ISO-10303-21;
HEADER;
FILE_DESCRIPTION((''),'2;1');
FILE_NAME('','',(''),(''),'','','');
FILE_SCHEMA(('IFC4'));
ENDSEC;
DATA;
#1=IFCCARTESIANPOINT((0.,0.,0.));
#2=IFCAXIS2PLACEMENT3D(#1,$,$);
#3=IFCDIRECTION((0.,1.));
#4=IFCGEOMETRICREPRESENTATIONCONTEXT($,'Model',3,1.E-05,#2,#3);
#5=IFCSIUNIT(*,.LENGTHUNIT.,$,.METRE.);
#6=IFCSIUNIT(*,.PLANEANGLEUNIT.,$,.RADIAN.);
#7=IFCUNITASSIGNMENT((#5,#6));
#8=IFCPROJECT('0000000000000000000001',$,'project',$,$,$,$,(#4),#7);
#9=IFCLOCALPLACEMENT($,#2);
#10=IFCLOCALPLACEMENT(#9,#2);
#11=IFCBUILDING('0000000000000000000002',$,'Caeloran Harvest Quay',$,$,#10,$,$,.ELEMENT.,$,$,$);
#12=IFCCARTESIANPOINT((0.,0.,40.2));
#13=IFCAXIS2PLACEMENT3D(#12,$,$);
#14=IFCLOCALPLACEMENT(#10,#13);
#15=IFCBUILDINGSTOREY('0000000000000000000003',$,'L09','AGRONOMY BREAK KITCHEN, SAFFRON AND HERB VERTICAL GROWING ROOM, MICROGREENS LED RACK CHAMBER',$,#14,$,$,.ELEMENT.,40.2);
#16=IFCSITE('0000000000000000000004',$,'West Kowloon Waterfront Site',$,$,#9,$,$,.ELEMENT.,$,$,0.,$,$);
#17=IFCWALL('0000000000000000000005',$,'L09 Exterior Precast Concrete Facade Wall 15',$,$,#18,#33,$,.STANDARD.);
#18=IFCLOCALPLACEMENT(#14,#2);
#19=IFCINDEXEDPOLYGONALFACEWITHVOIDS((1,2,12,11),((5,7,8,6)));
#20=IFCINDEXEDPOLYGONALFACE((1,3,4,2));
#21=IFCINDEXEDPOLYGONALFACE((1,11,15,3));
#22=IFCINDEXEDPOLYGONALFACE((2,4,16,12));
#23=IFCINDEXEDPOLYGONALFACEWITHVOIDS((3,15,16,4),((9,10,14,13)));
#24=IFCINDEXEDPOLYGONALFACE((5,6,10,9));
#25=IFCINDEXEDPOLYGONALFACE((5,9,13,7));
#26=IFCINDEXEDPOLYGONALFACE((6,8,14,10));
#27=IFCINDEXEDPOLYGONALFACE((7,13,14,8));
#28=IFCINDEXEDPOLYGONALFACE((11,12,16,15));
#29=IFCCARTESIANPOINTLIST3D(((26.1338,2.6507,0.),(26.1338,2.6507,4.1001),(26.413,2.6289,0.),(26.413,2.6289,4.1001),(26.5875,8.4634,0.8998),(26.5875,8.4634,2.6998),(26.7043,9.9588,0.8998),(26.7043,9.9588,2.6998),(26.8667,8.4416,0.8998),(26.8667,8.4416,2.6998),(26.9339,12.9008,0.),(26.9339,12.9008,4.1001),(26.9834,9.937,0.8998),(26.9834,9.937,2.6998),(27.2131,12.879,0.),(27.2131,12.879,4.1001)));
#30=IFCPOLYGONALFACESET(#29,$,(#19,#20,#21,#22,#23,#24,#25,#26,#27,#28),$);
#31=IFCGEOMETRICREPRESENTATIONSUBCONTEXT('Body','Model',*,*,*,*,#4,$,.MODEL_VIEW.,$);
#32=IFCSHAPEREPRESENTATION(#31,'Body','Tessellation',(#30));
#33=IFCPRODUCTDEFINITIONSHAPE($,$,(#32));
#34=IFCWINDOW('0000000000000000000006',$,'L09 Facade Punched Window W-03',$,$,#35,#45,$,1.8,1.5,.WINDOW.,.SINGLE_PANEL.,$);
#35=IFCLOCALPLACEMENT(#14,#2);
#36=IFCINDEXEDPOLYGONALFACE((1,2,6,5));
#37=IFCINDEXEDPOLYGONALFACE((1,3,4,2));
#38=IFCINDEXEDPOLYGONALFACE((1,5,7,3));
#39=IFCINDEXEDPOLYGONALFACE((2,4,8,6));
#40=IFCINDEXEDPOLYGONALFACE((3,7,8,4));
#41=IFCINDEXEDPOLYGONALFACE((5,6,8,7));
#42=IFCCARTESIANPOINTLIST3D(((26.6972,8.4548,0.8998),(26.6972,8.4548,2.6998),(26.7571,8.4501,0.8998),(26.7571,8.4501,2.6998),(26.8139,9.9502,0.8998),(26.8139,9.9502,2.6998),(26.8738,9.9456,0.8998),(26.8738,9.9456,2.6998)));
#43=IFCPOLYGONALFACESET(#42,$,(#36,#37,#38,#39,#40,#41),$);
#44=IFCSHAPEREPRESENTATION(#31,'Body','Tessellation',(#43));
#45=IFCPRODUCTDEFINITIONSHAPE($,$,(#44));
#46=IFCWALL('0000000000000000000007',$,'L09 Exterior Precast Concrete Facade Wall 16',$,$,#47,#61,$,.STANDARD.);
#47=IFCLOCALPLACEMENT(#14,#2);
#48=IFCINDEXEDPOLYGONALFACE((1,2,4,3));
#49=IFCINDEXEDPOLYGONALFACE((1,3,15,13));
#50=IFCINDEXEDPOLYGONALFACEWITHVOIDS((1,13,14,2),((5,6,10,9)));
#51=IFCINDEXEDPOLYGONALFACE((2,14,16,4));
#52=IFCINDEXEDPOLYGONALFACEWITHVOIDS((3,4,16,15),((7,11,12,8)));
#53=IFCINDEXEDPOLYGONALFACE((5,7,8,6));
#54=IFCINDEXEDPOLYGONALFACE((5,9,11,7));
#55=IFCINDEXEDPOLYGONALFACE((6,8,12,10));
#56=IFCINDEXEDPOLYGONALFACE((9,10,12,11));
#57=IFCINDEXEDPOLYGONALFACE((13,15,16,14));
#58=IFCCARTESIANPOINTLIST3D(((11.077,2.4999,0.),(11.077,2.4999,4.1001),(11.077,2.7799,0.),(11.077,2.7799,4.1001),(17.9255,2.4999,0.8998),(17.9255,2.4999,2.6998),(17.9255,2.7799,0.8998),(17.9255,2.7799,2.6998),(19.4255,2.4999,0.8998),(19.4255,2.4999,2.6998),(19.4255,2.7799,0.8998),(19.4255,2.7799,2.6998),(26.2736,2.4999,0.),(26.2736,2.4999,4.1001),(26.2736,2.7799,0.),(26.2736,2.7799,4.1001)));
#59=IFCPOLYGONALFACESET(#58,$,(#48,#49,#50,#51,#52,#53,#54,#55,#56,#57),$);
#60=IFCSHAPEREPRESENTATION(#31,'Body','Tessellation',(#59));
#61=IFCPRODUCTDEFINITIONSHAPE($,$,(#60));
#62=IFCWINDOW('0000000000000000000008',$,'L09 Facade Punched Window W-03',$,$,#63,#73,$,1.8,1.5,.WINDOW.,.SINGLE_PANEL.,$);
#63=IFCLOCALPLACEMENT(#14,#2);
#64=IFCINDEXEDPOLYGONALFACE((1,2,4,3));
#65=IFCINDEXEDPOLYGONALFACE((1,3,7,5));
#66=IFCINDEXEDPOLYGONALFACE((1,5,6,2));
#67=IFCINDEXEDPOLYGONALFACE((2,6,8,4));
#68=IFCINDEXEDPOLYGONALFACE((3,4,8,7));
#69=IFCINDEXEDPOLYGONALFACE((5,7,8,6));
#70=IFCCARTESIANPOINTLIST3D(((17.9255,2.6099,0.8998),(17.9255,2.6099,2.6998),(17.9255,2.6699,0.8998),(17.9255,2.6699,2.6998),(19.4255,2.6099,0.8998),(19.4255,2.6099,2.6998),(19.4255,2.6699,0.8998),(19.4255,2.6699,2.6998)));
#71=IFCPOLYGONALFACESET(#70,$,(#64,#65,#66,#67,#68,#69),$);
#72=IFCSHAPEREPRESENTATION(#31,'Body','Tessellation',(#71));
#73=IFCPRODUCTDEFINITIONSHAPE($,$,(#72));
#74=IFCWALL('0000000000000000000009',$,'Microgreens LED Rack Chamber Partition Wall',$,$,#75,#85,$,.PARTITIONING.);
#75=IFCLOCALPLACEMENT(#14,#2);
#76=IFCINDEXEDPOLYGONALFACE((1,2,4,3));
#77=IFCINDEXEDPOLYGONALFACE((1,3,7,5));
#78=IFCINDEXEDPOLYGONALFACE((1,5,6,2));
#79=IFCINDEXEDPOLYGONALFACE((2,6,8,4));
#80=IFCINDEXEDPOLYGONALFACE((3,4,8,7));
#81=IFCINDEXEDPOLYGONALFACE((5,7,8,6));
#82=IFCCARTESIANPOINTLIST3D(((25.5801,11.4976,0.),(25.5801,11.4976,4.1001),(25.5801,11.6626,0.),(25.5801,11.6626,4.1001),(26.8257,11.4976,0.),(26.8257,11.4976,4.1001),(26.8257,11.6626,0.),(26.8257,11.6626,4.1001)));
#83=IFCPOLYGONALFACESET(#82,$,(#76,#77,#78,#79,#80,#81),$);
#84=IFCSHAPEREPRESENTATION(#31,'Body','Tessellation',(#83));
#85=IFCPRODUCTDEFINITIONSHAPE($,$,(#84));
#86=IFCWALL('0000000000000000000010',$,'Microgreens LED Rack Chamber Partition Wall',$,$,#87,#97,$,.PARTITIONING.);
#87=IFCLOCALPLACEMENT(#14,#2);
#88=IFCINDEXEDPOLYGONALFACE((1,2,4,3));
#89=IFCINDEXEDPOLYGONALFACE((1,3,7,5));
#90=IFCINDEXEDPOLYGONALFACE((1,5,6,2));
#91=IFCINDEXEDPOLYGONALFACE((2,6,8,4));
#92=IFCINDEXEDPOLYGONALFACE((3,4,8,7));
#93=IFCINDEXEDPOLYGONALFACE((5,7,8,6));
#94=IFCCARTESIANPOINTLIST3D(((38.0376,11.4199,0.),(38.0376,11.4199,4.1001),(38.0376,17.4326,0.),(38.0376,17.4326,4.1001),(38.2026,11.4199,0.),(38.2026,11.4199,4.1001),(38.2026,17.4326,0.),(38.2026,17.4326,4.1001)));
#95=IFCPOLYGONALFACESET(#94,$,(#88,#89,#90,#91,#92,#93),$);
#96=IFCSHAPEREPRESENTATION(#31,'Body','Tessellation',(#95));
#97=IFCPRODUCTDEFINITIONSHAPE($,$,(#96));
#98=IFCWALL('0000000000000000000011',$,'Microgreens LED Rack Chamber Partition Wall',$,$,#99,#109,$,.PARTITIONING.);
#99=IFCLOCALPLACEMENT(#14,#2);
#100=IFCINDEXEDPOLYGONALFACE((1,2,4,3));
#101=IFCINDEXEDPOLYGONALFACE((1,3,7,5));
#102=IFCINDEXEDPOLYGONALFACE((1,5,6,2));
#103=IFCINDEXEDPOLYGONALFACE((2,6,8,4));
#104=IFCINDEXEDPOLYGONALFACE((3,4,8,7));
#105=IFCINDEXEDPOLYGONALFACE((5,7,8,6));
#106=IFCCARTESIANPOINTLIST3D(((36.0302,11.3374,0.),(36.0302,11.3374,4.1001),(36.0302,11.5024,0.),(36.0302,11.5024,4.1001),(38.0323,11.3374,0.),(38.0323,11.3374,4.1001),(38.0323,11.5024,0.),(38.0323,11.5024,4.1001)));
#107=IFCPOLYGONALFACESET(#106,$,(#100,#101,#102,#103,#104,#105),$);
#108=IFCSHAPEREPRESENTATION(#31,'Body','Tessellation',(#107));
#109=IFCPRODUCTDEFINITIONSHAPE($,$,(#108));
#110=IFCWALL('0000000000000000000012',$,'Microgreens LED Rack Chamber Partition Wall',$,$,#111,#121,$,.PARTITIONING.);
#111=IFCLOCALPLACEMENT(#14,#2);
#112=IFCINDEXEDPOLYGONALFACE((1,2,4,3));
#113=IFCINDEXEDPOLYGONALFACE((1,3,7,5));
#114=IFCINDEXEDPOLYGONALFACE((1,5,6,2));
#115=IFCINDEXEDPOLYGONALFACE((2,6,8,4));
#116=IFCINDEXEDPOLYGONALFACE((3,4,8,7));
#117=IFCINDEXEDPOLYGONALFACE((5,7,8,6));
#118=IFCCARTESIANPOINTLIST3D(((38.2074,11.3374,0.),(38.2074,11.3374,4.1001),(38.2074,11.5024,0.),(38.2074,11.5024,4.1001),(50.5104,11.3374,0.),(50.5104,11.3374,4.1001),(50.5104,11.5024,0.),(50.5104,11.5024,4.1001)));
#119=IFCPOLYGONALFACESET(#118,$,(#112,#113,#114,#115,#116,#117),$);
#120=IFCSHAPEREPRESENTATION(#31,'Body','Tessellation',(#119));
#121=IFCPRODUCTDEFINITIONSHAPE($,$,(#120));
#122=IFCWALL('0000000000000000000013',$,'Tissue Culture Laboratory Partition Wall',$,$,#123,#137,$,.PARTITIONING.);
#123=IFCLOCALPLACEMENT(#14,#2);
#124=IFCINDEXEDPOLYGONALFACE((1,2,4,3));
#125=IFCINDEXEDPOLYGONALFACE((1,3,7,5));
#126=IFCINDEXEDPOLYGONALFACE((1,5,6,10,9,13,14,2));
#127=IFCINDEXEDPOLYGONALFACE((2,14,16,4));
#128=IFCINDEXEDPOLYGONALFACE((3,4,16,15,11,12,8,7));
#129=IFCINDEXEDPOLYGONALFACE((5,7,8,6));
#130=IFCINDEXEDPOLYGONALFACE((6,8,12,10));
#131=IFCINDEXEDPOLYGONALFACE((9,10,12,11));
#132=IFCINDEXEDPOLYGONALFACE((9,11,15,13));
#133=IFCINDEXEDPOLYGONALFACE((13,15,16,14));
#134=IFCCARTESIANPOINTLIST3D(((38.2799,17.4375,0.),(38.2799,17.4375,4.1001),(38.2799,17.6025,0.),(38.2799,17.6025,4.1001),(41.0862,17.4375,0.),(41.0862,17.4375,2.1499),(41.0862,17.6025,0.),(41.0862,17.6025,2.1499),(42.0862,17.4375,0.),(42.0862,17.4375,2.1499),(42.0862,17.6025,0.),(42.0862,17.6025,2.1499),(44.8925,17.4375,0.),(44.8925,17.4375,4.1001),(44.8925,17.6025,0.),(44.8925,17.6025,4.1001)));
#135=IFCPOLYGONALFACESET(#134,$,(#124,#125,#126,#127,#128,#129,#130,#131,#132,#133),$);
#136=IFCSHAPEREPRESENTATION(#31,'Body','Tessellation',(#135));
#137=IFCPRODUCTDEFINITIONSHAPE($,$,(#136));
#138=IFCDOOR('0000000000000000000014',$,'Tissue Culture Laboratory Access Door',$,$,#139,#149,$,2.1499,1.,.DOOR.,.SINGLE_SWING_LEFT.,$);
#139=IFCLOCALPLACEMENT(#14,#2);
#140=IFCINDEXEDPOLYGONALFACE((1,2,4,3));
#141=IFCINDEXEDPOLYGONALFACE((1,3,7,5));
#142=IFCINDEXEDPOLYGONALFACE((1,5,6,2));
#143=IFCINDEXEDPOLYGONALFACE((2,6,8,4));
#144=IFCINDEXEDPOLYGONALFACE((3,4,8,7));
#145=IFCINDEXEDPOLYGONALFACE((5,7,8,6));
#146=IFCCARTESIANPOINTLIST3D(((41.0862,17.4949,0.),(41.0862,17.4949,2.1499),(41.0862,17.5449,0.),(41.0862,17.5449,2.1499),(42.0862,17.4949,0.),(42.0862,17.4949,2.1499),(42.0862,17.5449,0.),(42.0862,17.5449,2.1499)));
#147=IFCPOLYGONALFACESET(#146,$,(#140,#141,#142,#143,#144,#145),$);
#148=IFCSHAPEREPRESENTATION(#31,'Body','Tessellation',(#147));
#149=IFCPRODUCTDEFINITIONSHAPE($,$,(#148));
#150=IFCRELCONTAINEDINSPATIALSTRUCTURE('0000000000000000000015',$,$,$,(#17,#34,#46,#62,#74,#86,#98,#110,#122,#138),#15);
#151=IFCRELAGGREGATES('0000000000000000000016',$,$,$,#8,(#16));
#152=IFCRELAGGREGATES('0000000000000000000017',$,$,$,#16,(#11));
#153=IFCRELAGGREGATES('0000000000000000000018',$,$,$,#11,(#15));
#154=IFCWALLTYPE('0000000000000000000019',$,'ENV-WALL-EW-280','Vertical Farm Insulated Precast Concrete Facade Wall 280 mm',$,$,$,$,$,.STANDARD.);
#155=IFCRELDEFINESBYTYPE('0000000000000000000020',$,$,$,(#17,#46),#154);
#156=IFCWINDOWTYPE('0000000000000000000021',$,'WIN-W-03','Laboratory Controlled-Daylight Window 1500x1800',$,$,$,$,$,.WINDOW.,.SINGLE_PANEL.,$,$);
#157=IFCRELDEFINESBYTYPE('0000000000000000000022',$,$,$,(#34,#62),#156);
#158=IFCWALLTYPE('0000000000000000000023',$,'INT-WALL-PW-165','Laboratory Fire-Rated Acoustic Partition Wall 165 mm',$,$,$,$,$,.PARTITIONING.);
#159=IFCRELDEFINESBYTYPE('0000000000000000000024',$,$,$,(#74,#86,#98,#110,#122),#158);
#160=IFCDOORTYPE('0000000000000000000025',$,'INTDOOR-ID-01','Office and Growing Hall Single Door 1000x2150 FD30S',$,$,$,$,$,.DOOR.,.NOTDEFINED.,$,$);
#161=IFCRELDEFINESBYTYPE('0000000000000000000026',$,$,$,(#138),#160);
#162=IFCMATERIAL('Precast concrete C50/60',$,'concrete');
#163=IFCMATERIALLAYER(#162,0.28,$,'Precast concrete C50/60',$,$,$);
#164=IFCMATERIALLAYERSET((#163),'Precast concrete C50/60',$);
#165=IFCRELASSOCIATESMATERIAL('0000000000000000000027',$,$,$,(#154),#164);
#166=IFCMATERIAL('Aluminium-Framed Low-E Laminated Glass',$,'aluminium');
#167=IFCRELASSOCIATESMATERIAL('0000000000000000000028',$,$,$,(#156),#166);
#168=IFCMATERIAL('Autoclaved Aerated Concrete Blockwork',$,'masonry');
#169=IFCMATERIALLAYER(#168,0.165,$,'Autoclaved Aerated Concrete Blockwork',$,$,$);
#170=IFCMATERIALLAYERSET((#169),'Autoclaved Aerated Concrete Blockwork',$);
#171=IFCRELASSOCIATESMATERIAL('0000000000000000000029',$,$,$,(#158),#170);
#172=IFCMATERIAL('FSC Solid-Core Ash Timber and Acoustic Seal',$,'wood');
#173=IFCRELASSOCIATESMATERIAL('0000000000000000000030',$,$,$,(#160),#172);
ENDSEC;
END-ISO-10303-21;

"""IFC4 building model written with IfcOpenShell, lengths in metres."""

from ifc_helpers import new_model, si_unit, direction, frame, frame_2d, origin, place, context, subcontext, project, spatial, rectangle, extrude, material, layer, layer_set, type_object, element, fill, save


model = new_model("IFC4")

# Units and contexts
model_context = context("Model", 3, precision=1e-05, world=origin(), true_north=direction((0.0, 1.0)))
body_context = subcontext(model_context, "Body", "Model", "MODEL_VIEW")
ifc_project = project(units=[si_unit("LENGTHUNIT", "METRE"), si_unit("PLANEANGLEUNIT", "RADIAN")], contexts=[model_context])

# Site, building, storey
site_placement = place(None, origin())
site = spatial("IfcSite", under=ifc_project, at=site_placement, Name="West Kowloon Waterfront Site", CompositionType="ELEMENT", RefElevation=0.0)
building_placement = place(site_placement, origin())
building = spatial("IfcBuilding", under=site, at=building_placement, Name="Caeloran Harvest Quay", CompositionType="ELEMENT")
storey_placement = place(building_placement, frame((0.0, 0.0, 40.2)))
storey = spatial("IfcBuildingStorey", under=building, at=storey_placement, Name="L09", Description="AGRONOMY BREAK KITCHEN, SAFFRON AND HERB VERTICAL GROWING ROOM, MICROGREENS LED RACK CHAMBER", CompositionType="ELEMENT", Elevation=40.2)

# Shared definitions
ifc_material_1 = material(Name="Precast concrete C50/60", Category="concrete")

# Walls, openings, windows
ifc_layer_1 = layer(ifc_material_1, 0.28, Name="Precast concrete C50/60")
ifc_layer_set_1 = layer_set([ifc_layer_1], Name="Precast concrete C50/60")
wall_type_1 = type_object("IfcWallType", Name="ENV-WALL-EW-280", Description="Vertical Farm Insulated Precast Concrete Facade Wall 280 mm", PredefinedType="STANDARD", material=ifc_layer_set_1)
ifc_material_2 = material(Name="Aluminium-Framed Low-E Laminated Glass", Category="aluminium")
window_type = type_object("IfcWindowType", Name="WIN-W-03", Description="Laboratory Controlled-Daylight Window 1500x1800", PartitioningType="SINGLE_PANEL", PredefinedType="WINDOW", material=ifc_material_2)
wall_1_placement = place(storey_placement, frame((27.0735, 12.8899, 0.0), z_axis=(0.0, 0.0, 1.0), x_axis=(-0.077817, -0.996968, 0.0)))
wall_1 = element("IfcWall", 1, at=wall_1_placement, inside=storey, type_object=wall_type_1, Name="L09 Exterior Precast Concrete Facade Wall 15", PredefinedType="STANDARD", context=body_context, shape_type="SweptSolid", body=[
    extrude(rectangle(XDim=10.2812, YDim=0.28, at=frame_2d((5.1406, 0.0))), origin(), (0.0, 0.0, 1.0), 4.1001),
])
opening_1_placement = place(wall_1_placement, frame((2.9509, 0.0, 0.8999)))
opening_1 = element("IfcOpeningElement", 2, at=opening_1_placement, cuts=wall_1, PredefinedType="OPENING", context=body_context, shape_type="SweptSolid", body=[
    extrude(rectangle(XDim=1.5, YDim=1.8, at=frame_2d((0.75, 0.8999))), frame((0.0, 0.1499, 0.0), z_axis=(0.0, -1.0, 0.0), x_axis=(1.0, 0.0, 0.0)), (0.0, 0.0, 1.0), 0.3),
])
window_1_placement = place(opening_1_placement, origin())
window_1 = element("IfcWindow", 3, at=window_1_placement, inside=storey, type_object=window_type, Name="L09 Facade Punched Window W-03", OverallHeight=1.8, OverallWidth=1.5, PartitioningType="SINGLE_PANEL", PredefinedType="WINDOW", context=body_context, shape_type="SweptSolid", body=[
    extrude(rectangle(XDim=1.5, YDim=1.8, at=frame_2d((0.75, 0.8999))), frame((0.0, 0.03, 0.0), z_axis=(0.0, -1.0, 0.0), x_axis=(1.0, 0.0, 0.0)), (0.0, 0.0, 1.0), 0.0601),
])
fill(opening_1, window_1)
wall_2_placement = place(storey_placement, frame((26.2734, 2.6399, 0.0), z_axis=(0.0, 0.0, 1.0), x_axis=(-1.0, 0.0, 0.0)))
wall_2 = element("IfcWall", 4, at=wall_2_placement, inside=storey, type_object=wall_type_1, Name="L09 Exterior Precast Concrete Facade Wall 16", PredefinedType="STANDARD", context=body_context, shape_type="SweptSolid", body=[
    extrude(rectangle(XDim=15.1965, YDim=0.28, at=frame_2d((7.5981, 0.0))), origin(), (0.0, 0.0, 1.0), 4.1001),
])
opening_2_placement = place(wall_2_placement, frame((6.8479, 0.0, 0.8999)))
opening_2 = element("IfcOpeningElement", 5, at=opening_2_placement, cuts=wall_2, PredefinedType="OPENING", context=body_context, shape_type="SweptSolid", body=[
    extrude(rectangle(XDim=1.5, YDim=1.8, at=frame_2d((0.75, 0.8999))), frame((0.0, 0.1499, 0.0), z_axis=(0.0, -1.0, 0.0), x_axis=(1.0, 0.0, 0.0)), (0.0, 0.0, 1.0), 0.3),
])
window_2_placement = place(opening_2_placement, origin())
window_2 = element("IfcWindow", 6, at=window_2_placement, inside=storey, type_object=window_type, Name="L09 Facade Punched Window W-03", OverallHeight=1.8, OverallWidth=1.5, PartitioningType="SINGLE_PANEL", PredefinedType="WINDOW", context=body_context, shape_type="SweptSolid", body=[
    extrude(rectangle(XDim=1.5, YDim=1.8, at=frame_2d((0.75, 0.8999))), frame((0.0, 0.03, 0.0), z_axis=(0.0, -1.0, 0.0), x_axis=(1.0, 0.0, 0.0)), (0.0, 0.0, 1.0), 0.0601),
])
fill(opening_2, window_2)

# Walls
ifc_material_3 = material(Name="Autoclaved Aerated Concrete Blockwork", Category="masonry")
ifc_layer_2 = layer(ifc_material_3, 0.165, Name="Autoclaved Aerated Concrete Blockwork")
ifc_layer_set_2 = layer_set([ifc_layer_2], Name="Autoclaved Aerated Concrete Blockwork")
wall_type_2 = type_object("IfcWallType", Name="INT-WALL-PW-165", Description="Laboratory Fire-Rated Acoustic Partition Wall 165 mm", PredefinedType="PARTITIONING", material=ifc_layer_set_2)
wall_3_placement = place(storey_placement, frame((26.8257, 11.5801, 0.0), z_axis=(0.0, 0.0, 1.0), x_axis=(-1.0, 0.0, 0.0)))
element("IfcWall", 7, at=wall_3_placement, inside=storey, type_object=wall_type_2, Name="Microgreens LED Rack Chamber Partition Wall", PredefinedType="PARTITIONING", context=body_context, shape_type="SweptSolid", body=[
    extrude(rectangle(XDim=1.2456, YDim=0.165, at=frame_2d((0.6228, 0.0))), origin(), (0.0, 0.0, 1.0), 4.1001),
])
wall_4_placement = place(storey_placement, frame((38.1201, 17.4326, 0.0), z_axis=(0.0, 0.0, 1.0), x_axis=(0.0, -1.0, 0.0)))
element("IfcWall", 8, at=wall_4_placement, inside=storey, type_object=wall_type_2, Name="Microgreens LED Rack Chamber Partition Wall", PredefinedType="PARTITIONING", context=body_context, shape_type="SweptSolid", body=[
    extrude(rectangle(XDim=6.0127, YDim=0.165, at=frame_2d((3.0063, 0.0))), origin(), (0.0, 0.0, 1.0), 4.1001),
])
wall_5_placement = place(storey_placement, frame((36.0303, 11.4199, 0.0), z_axis=(0.0, 0.0, 1.0), x_axis=(1.0, 0.0, 0.0)))
element("IfcWall", 9, at=wall_5_placement, inside=storey, type_object=wall_type_2, Name="Microgreens LED Rack Chamber Partition Wall", PredefinedType="PARTITIONING", context=body_context, shape_type="SweptSolid", body=[
    extrude(rectangle(XDim=2.0022, YDim=0.165, at=frame_2d((1.001, 0.0))), origin(), (0.0, 0.0, 1.0), 4.1001),
])
wall_6_placement = place(storey_placement, frame((38.2075, 11.4199, 0.0), z_axis=(0.0, 0.0, 1.0), x_axis=(1.0, 0.0, 0.0)))
element("IfcWall", 10, at=wall_6_placement, inside=storey, type_object=wall_type_2, Name="Microgreens LED Rack Chamber Partition Wall", PredefinedType="PARTITIONING", context=body_context, shape_type="SweptSolid", body=[
    extrude(rectangle(XDim=12.303, YDim=0.165, at=frame_2d((6.1514, 0.0))), origin(), (0.0, 0.0, 1.0), 4.1001),
])

# Wall, opening, door
wall_7_placement = place(storey_placement, frame((38.28, 17.52, 0.0), z_axis=(0.0, 0.0, 1.0), x_axis=(1.0, 0.0, 0.0)))
wall_7 = element("IfcWall", 11, at=wall_7_placement, inside=storey, type_object=wall_type_2, Name="Tissue Culture Laboratory Partition Wall", PredefinedType="PARTITIONING", context=body_context, shape_type="SweptSolid", body=[
    extrude(rectangle(XDim=6.6125, YDim=0.165, at=frame_2d((3.3062, 0.0))), origin(), (0.0, 0.0, 1.0), 4.1001),
])
opening_3_placement = place(wall_7_placement, frame((2.8062, 0.0, 0.0)))
opening_3 = element("IfcOpeningElement", 12, at=opening_3_placement, cuts=wall_7, PredefinedType="OPENING", context=body_context, shape_type="SweptSolid", body=[
    extrude(rectangle(XDim=1.0, YDim=2.1499, at=frame_2d((0.5, 1.075))), frame((0.0, 0.0925, 0.0), z_axis=(0.0, -1.0, 0.0), x_axis=(1.0, 0.0, 0.0)), (0.0, 0.0, 1.0), 0.1851),
])
ifc_material_4 = material(Name="FSC Solid-Core Ash Timber and Acoustic Seal", Category="wood")
door_type_1 = type_object("IfcDoorType", Name="INTDOOR-ID-01", Description="Office and Growing Hall Single Door 1000x2150 FD30S", OperationType="NOTDEFINED", PredefinedType="DOOR", material=ifc_material_4)
door_1_placement = place(opening_3_placement, origin())
door_1 = element("IfcDoor", 13, at=door_1_placement, inside=storey, type_object=door_type_1, Name="Tissue Culture Laboratory Access Door", OperationType="SINGLE_SWING_LEFT", OverallHeight=2.1499, OverallWidth=1.0, PredefinedType="DOOR", context=body_context, shape_type="SweptSolid", body=[
    extrude(rectangle(XDim=1.0, YDim=2.1499, at=frame_2d((0.5, 1.075))), frame((0.0, 0.0249, 0.0), z_axis=(0.0, -1.0, 0.0), x_axis=(1.0, 0.0, 0.0)), (0.0, 0.0, 1.0), 0.05),
])
fill(opening_3, door_1)

save(model, "model.ifc")
